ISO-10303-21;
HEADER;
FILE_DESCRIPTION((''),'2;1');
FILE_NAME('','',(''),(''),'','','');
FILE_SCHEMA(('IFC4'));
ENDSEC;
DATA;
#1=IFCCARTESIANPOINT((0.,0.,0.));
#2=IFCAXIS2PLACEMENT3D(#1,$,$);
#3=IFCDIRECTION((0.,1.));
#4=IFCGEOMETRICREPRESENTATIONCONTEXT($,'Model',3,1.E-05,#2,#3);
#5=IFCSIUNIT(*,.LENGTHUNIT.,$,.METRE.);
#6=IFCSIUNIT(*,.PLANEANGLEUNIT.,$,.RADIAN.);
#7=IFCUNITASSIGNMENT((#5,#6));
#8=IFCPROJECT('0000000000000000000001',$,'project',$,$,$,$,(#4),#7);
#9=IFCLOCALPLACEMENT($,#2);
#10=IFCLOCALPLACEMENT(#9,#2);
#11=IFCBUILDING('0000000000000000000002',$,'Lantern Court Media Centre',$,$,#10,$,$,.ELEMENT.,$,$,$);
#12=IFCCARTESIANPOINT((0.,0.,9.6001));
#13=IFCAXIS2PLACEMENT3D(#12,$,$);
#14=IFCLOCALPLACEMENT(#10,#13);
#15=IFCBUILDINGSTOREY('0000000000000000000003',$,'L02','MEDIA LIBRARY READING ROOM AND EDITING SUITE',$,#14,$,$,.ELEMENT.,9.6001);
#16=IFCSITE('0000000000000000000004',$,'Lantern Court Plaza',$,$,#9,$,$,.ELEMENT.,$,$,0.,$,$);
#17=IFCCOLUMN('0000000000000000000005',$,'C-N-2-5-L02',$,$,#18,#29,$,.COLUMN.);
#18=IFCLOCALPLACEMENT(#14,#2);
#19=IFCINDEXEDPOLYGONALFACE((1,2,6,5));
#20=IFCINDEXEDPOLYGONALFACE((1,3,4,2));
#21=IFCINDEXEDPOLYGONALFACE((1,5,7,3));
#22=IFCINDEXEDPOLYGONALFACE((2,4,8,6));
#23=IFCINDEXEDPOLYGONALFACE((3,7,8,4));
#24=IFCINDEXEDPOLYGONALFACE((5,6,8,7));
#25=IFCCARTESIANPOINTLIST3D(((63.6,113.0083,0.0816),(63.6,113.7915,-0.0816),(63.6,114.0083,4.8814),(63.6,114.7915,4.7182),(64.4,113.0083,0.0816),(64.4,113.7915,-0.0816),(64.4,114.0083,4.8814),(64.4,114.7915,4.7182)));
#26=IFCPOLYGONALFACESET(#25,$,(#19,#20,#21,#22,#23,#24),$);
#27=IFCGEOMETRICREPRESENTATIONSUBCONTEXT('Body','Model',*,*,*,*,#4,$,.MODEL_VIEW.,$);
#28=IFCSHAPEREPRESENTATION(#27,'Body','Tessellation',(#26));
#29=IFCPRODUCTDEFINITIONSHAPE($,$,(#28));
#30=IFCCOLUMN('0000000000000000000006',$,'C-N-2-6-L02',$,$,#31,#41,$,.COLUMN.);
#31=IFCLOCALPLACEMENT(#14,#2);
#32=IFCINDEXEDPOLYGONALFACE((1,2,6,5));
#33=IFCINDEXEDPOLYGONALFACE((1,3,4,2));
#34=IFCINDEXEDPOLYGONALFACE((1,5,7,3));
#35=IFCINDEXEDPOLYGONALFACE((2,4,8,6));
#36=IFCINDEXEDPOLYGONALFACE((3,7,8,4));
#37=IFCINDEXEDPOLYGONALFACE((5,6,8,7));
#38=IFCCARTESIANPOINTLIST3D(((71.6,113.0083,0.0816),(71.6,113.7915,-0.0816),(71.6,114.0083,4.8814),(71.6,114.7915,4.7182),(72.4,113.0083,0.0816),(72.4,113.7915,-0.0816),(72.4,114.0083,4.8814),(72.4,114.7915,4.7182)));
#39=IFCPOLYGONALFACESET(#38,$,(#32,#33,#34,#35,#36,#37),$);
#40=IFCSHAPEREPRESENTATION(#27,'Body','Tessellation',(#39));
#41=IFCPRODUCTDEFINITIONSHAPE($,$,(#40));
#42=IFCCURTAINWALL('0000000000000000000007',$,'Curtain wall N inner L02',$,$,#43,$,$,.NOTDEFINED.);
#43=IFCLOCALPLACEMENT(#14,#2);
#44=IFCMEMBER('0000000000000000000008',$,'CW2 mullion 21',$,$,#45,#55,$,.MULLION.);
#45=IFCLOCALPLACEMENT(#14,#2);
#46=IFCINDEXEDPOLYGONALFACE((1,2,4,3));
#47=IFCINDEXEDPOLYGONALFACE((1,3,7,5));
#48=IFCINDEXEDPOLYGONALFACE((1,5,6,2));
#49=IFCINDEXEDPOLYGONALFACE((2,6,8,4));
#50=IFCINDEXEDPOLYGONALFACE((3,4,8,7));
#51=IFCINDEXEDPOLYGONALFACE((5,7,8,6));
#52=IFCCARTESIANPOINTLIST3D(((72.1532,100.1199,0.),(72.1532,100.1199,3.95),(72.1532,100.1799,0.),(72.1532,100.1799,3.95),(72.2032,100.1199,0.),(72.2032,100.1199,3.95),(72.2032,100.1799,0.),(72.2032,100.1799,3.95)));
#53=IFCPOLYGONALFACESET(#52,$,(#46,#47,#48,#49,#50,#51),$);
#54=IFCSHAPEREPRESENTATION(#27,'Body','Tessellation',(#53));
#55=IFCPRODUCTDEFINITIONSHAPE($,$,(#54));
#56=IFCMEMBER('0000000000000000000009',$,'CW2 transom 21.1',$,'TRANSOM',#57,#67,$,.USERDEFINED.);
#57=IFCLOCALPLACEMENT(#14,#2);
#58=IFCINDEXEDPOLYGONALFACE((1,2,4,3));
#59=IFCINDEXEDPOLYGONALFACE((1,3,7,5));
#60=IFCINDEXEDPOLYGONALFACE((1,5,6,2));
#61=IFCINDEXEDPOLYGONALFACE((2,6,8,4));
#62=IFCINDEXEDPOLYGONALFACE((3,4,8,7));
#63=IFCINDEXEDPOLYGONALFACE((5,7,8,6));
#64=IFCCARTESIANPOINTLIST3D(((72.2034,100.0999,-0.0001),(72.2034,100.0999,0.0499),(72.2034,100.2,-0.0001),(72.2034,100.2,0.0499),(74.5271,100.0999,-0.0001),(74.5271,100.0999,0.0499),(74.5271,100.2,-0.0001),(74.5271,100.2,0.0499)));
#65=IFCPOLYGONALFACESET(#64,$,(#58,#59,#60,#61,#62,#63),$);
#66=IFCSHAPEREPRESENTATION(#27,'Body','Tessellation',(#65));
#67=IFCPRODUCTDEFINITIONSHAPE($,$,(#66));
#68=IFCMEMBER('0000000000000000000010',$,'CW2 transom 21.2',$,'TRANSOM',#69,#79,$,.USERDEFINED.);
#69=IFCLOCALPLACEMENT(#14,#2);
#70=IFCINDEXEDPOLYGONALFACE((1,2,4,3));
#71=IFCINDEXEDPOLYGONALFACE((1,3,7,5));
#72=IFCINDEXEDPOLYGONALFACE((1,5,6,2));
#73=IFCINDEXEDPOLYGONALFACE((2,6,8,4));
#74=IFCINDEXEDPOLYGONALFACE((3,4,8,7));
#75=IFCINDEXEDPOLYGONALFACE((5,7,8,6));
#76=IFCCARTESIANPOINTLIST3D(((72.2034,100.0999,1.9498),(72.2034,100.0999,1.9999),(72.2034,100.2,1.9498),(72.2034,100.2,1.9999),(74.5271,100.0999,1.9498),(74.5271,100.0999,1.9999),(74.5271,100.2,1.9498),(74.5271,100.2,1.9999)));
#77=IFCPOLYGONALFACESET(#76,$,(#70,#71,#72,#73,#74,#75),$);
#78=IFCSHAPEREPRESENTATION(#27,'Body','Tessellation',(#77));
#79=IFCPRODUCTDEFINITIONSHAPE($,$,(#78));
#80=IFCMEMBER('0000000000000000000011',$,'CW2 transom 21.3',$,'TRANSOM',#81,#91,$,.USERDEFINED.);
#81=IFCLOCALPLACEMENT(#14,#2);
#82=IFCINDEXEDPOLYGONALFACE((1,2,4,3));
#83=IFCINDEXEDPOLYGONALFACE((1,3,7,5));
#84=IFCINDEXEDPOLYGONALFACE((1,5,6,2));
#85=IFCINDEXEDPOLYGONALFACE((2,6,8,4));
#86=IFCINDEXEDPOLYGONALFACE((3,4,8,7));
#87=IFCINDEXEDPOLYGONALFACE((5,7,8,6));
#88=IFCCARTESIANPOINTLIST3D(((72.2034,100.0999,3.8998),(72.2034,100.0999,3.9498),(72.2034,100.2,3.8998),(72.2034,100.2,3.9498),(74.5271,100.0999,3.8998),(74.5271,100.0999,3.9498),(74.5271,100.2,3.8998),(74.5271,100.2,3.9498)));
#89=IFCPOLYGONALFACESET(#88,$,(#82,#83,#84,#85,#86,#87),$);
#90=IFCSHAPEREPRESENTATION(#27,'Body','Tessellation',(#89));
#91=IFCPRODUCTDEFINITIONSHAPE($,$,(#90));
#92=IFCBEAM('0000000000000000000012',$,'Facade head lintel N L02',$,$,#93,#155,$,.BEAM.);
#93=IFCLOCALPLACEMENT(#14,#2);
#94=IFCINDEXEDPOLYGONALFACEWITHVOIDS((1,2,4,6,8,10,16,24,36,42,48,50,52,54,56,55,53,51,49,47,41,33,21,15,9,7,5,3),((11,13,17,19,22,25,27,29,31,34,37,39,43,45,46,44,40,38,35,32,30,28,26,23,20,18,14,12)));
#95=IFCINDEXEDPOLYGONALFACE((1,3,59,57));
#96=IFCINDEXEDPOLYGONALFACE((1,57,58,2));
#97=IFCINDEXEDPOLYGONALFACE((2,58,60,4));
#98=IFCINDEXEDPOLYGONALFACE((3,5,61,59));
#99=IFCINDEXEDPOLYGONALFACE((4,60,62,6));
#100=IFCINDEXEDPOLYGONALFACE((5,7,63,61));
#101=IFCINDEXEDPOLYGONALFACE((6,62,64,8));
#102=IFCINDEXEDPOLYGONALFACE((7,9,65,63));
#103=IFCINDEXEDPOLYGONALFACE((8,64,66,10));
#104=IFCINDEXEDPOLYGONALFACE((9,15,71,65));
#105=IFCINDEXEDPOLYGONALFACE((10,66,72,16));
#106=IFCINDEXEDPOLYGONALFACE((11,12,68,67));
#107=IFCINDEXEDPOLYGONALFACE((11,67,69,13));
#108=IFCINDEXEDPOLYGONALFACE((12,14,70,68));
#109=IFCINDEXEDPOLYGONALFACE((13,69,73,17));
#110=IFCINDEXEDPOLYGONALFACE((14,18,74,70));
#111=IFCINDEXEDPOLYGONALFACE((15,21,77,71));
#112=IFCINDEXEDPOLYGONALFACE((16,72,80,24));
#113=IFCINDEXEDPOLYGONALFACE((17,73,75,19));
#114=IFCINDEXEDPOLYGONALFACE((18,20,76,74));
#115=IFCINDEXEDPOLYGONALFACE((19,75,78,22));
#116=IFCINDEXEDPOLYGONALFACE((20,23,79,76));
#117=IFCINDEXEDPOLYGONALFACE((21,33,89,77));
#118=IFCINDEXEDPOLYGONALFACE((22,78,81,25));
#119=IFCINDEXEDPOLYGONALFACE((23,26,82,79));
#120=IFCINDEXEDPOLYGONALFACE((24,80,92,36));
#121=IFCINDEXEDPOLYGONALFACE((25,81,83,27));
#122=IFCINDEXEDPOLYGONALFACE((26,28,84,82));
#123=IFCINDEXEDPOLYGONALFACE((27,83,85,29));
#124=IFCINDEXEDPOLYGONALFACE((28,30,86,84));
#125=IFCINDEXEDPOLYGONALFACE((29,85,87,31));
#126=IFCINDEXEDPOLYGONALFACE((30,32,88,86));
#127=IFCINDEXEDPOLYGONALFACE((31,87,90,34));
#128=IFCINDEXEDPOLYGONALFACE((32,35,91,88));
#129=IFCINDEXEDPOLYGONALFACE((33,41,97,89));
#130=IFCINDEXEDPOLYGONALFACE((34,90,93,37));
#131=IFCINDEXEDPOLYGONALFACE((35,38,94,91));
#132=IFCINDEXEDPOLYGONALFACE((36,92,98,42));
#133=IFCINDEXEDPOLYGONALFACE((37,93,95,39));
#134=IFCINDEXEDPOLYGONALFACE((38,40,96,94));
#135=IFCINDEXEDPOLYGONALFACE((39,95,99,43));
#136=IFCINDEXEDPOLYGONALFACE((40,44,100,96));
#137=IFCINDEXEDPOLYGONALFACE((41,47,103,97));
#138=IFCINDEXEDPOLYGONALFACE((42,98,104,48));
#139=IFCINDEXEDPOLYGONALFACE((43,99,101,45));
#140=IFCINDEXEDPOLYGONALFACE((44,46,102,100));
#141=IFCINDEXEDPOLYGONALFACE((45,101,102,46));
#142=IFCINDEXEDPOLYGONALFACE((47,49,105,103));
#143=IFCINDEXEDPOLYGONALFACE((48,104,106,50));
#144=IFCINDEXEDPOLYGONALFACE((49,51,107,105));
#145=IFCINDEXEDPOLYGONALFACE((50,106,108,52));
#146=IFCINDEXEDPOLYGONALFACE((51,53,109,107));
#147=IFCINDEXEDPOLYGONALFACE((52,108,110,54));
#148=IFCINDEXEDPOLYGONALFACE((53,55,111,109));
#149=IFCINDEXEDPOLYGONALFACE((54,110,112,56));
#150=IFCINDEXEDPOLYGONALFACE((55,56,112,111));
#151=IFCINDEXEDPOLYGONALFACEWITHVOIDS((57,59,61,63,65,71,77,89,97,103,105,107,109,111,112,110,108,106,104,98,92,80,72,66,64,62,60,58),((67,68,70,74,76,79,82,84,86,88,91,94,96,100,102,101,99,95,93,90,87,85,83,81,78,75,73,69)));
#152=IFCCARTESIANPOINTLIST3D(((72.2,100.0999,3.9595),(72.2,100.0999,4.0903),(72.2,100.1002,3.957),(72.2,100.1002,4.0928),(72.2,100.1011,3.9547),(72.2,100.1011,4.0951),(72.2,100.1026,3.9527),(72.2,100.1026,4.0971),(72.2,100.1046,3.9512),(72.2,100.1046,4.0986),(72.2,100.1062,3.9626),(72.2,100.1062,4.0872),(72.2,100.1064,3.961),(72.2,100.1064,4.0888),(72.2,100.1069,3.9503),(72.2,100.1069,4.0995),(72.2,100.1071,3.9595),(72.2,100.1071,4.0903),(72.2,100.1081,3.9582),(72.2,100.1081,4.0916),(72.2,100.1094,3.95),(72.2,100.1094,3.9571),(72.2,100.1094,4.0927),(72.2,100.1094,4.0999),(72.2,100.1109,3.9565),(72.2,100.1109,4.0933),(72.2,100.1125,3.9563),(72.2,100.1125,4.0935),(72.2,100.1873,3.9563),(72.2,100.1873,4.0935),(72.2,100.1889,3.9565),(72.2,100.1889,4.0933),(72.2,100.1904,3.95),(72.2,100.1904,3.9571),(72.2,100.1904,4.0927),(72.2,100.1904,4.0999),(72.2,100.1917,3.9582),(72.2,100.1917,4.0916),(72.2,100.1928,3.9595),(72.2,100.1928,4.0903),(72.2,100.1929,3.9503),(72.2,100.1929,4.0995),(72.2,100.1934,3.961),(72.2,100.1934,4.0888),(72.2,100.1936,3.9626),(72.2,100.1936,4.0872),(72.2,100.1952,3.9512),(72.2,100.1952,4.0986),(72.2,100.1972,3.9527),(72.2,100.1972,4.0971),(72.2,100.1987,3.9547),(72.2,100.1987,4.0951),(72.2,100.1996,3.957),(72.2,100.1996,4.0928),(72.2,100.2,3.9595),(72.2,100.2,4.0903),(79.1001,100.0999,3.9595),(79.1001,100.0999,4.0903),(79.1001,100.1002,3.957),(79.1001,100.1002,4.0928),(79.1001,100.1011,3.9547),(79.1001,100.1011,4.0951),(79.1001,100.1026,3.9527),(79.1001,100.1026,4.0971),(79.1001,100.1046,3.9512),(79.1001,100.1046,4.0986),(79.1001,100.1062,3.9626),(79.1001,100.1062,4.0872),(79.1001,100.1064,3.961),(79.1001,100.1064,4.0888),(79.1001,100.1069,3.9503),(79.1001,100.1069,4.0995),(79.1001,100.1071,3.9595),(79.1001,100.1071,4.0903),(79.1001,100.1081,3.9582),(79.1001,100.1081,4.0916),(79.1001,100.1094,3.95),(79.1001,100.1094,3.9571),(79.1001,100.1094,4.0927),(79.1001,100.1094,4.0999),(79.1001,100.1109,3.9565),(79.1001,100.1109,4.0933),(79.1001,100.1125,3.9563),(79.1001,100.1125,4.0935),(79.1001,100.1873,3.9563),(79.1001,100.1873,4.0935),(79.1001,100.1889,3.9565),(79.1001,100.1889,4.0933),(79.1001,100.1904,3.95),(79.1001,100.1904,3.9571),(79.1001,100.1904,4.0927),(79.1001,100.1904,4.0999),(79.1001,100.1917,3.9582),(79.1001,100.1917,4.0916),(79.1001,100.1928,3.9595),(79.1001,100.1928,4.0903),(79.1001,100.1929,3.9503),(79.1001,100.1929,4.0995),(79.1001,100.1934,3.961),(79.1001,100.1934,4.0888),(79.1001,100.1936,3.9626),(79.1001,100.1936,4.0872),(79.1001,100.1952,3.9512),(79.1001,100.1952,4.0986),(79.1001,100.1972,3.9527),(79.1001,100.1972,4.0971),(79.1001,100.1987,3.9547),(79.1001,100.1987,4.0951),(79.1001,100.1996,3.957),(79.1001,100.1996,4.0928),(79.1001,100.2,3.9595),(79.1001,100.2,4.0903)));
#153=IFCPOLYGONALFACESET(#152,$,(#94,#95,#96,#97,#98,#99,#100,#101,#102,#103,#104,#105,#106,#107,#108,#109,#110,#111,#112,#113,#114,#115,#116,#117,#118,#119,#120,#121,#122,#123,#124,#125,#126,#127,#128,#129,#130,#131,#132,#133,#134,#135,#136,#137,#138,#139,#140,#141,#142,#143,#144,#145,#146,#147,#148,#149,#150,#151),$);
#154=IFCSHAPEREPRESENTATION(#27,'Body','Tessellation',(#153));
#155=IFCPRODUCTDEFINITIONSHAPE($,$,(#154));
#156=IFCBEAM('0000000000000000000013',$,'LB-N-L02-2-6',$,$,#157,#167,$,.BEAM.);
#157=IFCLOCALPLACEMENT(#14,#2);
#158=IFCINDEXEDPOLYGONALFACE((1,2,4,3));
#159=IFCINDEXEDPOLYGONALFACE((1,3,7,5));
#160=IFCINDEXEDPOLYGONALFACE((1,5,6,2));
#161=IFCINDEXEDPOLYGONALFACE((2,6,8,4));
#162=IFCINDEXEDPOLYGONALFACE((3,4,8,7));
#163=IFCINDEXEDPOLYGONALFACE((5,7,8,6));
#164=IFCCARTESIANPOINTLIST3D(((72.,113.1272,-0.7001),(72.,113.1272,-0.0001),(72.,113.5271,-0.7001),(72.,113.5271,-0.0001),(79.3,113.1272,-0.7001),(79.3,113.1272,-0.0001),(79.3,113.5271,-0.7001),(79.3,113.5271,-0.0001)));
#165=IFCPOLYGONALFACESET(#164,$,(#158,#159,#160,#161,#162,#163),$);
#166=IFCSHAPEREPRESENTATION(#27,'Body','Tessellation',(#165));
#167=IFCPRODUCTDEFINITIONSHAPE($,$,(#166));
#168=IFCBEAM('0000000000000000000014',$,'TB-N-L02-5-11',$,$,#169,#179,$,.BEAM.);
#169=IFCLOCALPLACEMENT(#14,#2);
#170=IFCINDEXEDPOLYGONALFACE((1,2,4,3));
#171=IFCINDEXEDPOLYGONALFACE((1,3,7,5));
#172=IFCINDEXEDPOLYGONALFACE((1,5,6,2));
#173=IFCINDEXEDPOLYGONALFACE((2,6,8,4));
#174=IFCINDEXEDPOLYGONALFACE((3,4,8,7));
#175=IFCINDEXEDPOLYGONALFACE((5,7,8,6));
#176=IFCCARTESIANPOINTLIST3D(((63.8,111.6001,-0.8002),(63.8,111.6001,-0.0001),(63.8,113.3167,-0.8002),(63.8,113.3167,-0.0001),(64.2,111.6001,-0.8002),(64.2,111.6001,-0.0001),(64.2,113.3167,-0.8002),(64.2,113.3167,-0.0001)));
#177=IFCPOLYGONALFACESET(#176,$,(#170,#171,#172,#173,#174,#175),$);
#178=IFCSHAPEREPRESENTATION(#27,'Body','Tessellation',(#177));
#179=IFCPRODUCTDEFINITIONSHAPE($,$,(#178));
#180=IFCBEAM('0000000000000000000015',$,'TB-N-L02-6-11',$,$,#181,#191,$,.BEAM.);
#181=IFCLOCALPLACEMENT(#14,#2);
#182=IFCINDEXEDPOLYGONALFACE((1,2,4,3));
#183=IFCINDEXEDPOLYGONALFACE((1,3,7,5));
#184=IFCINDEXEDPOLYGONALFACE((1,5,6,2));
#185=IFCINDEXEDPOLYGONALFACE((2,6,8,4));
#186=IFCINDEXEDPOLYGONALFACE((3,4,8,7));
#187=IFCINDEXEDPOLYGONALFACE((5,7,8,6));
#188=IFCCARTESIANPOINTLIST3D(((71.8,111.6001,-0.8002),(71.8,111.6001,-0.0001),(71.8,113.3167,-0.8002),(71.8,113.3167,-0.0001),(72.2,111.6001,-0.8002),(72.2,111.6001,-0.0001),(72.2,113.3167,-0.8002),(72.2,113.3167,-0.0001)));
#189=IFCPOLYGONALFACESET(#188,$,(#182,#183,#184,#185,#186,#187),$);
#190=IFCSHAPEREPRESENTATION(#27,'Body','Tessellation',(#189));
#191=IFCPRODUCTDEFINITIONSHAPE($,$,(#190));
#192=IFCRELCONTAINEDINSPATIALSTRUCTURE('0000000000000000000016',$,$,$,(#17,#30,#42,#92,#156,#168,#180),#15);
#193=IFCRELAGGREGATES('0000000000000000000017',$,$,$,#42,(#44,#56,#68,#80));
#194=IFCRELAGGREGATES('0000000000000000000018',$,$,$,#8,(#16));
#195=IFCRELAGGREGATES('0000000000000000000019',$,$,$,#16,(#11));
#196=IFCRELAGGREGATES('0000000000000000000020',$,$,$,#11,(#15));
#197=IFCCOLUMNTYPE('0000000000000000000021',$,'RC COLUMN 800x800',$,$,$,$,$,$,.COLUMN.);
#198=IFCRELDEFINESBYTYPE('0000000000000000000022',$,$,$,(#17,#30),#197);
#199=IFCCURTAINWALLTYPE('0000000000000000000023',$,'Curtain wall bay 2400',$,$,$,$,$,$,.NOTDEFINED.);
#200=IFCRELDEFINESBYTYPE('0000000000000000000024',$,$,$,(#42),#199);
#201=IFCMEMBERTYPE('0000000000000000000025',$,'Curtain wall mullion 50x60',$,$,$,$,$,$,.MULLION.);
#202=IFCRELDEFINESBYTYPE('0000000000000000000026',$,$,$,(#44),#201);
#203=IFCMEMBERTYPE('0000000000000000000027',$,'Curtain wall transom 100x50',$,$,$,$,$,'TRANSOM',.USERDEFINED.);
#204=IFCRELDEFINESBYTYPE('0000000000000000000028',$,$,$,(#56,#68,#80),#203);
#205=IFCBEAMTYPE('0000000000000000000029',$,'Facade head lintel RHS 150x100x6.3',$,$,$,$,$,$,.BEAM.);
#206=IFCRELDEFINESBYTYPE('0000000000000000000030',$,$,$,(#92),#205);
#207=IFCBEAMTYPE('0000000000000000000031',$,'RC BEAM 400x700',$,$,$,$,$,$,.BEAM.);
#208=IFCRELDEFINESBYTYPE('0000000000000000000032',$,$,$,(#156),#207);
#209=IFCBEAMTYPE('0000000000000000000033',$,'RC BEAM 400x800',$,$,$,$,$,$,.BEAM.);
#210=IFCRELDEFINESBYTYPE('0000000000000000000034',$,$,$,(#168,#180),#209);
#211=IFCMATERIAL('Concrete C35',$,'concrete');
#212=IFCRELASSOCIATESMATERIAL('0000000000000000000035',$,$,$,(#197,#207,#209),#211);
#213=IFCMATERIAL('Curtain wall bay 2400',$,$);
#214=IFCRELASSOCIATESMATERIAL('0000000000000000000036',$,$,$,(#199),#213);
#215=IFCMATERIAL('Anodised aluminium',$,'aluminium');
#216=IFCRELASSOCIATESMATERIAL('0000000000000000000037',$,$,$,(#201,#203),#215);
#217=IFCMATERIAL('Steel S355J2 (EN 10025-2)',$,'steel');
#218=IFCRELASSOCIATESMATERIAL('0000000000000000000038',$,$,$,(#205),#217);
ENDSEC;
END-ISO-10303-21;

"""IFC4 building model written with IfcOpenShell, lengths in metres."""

from ifc_helpers import new_model, si_unit, direction, frame, origin, origin_2d, place, context, subcontext, project, spatial, rectangle, hollow_rectangle, extrude, material, material_profile, profile_set, type_object, element, aggregate, save


model = new_model("IFC4")

# Units and contexts
model_context = context("Model", 3, precision=1e-05, world=origin(), true_north=direction((0.0, 1.0)))
body_context = subcontext(model_context, "Body", "Model", "MODEL_VIEW")
ifc_project = project(units=[si_unit("LENGTHUNIT", "METRE"), si_unit("PLANEANGLEUNIT", "RADIAN")], contexts=[model_context])

# Site, building, storey
site_placement = place(None, origin())
site = spatial("IfcSite", under=ifc_project, at=site_placement, Name="Lantern Court Plaza", CompositionType="ELEMENT", RefElevation=0.0)
building_placement = place(site_placement, origin())
building = spatial("IfcBuilding", under=site, at=building_placement, Name="Lantern Court Media Centre", CompositionType="ELEMENT")
storey_placement = place(building_placement, frame((0.0, 0.0, 9.6001)))
storey = spatial("IfcBuildingStorey", under=building, at=storey_placement, Name="L02", Description="MEDIA LIBRARY READING ROOM AND EDITING SUITE", CompositionType="ELEMENT", Elevation=9.6001)

# Columns
ifc_material_1 = material(Name="Concrete C35", Category="concrete")
ifc_material_profile_1 = material_profile(ifc_material_1, rectangle(XDim=0.8, YDim=0.8, at=origin_2d()), Name="RC 800x800")
ifc_profile_set_1 = profile_set([ifc_material_profile_1], Name="Concrete C35")
column_type = type_object("IfcColumnType", Name="RC COLUMN 800x800", PredefinedType="COLUMN", material=ifc_profile_set_1)
for number, where, z_axis, x_axis, name in (
    (1, (64.0, 113.3999, 0.0), (0.0, 0.203962, 0.978979), (-1.0, 0.0, 0.0), "C-N-2-5-L02"),
    (2, (72.0, 113.3999, 0.0), (0.0, 0.203962, 0.978979), (-1.0, 0.0, 0.0), "C-N-2-6-L02"),
):
    element("IfcColumn", number, at=place(storey_placement, frame(where, z_axis=z_axis, x_axis=x_axis)), inside=storey, type_object=column_type, Name=name, PredefinedType="COLUMN", context=body_context, shape_type="SweptSolid", body=[
        extrude(rectangle(XDim=0.8, YDim=0.8, at=origin_2d()), origin(), (0.0, 0.0, 1.0), 4.9028),
    ])

# Curtain wall, members
ifc_material_2 = material(Name="Curtain wall bay 2400")
curtain_wall_type = type_object("IfcCurtainWallType", Name="Curtain wall bay 2400", PredefinedType="NOTDEFINED", material=ifc_material_2)
curtain_wall_placement = place(storey_placement, origin())
curtain_wall = element("IfcCurtainWall", 3, at=curtain_wall_placement, inside=storey, type_object=curtain_wall_type, Name="Curtain wall N inner L02", PredefinedType="NOTDEFINED")
ifc_material_3 = material(Name="Anodised aluminium", Category="aluminium")
ifc_material_profile_2 = material_profile(ifc_material_3, rectangle(XDim=0.0601, YDim=0.05, at=origin_2d()), Name="AL 50x60")
ifc_profile_set_2 = profile_set([ifc_material_profile_2], Name="Anodised aluminium")
member_type_1 = type_object("IfcMemberType", Name="Curtain wall mullion 50x60", PredefinedType="MULLION", material=ifc_profile_set_2)
member_1_placement = place(storey_placement, frame((72.1782, 100.1499, 0.0), z_axis=(0.0, 0.0, 1.0), x_axis=(0.0, 1.0, 0.0)))
member_1 = element("IfcMember", 4, at=member_1_placement, type_object=member_type_1, Name="CW2 mullion 21", PredefinedType="MULLION", context=body_context, shape_type="SweptSolid", body=[
    extrude(rectangle(XDim=0.0601, YDim=0.05, at=origin_2d()), origin(), (0.0, 0.0, 1.0), 3.95),
])
ifc_material_profile_3 = material_profile(ifc_material_3, rectangle(XDim=0.1001, YDim=0.05, at=origin_2d()), Name="AL 50x100")
ifc_profile_set_3 = profile_set([ifc_material_profile_3], Name="Anodised aluminium")
member_type_2 = type_object("IfcMemberType", Name="Curtain wall transom 100x50", ElementType="TRANSOM", PredefinedType="USERDEFINED", material=ifc_profile_set_3)
member_2_placement = place(storey_placement, frame((72.2034, 100.1499, 0.0249), z_axis=(1.0, 0.0, 0.0), x_axis=(0.0, 1.0, 0.0)))
member_2 = element("IfcMember", 5, at=member_2_placement, type_object=member_type_2, Name="CW2 transom 21.1", ObjectType="TRANSOM", PredefinedType="USERDEFINED", context=body_context, shape_type="SweptSolid", body=[
    extrude(rectangle(XDim=0.1001, YDim=0.05, at=origin_2d()), origin(), (0.0, 0.0, 1.0), 2.3237),
])
member_3_placement = place(storey_placement, frame((72.2034, 100.1499, 1.9749), z_axis=(1.0, 0.0, 0.0), x_axis=(0.0, 1.0, 0.0)))
member_3 = element("IfcMember", 6, at=member_3_placement, type_object=member_type_2, Name="CW2 transom 21.2", ObjectType="TRANSOM", PredefinedType="USERDEFINED", context=body_context, shape_type="SweptSolid", body=[
    extrude(rectangle(XDim=0.1001, YDim=0.05, at=origin_2d()), origin(), (0.0, 0.0, 1.0), 2.3237),
])
member_4_placement = place(storey_placement, frame((72.2034, 100.1499, 3.9248), z_axis=(1.0, 0.0, 0.0), x_axis=(0.0, 1.0, 0.0)))
member_4 = element("IfcMember", 7, at=member_4_placement, type_object=member_type_2, Name="CW2 transom 21.3", ObjectType="TRANSOM", PredefinedType="USERDEFINED", context=body_context, shape_type="SweptSolid", body=[
    extrude(rectangle(XDim=0.1001, YDim=0.05, at=origin_2d()), origin(), (0.0, 0.0, 1.0), 2.3237),
])

# Beams
ifc_material_4 = material(Name="Steel S355J2 (EN 10025-2)", Category="steel")
ifc_material_profile_4 = material_profile(ifc_material_4, hollow_rectangle(XDim=0.1001, YDim=0.1499, WallThickness=0.0063, InnerFilletRadius=0.0063, OuterFilletRadius=0.0095, at=origin_2d()), Name="Facade head lintel RHS 150x100x6.3")
ifc_profile_set_4 = profile_set([ifc_material_profile_4], Name="Steel S355J2 (EN 10025-2)")
beam_type_1 = type_object("IfcBeamType", Name="Facade head lintel RHS 150x100x6.3", PredefinedType="BEAM", material=ifc_profile_set_4)
beam_1_placement = place(storey_placement, frame((72.2, 100.1499, 4.0249), z_axis=(1.0, 0.0, 0.0), x_axis=(0.0, 1.0, 0.0)))
element("IfcBeam", 8, at=beam_1_placement, inside=storey, type_object=beam_type_1, Name="Facade head lintel N L02", PredefinedType="BEAM", context=body_context, shape_type="SweptSolid", body=[
    extrude(hollow_rectangle(XDim=0.1001, YDim=0.1499, WallThickness=0.0063, InnerFilletRadius=0.0063, OuterFilletRadius=0.0095, at=origin_2d()), origin(), (0.0, 0.0, 1.0), 6.9001),
])
ifc_material_profile_5 = material_profile(ifc_material_1, rectangle(XDim=0.3999, YDim=0.7, at=origin_2d()), Name="RC 400x700")
ifc_profile_set_5 = profile_set([ifc_material_profile_5], Name="Concrete C35")
beam_type_2 = type_object("IfcBeamType", Name="RC BEAM 400x700", PredefinedType="BEAM", material=ifc_profile_set_5)
beam_2_placement = place(storey_placement, frame((72.0, 113.3271, -0.3501), z_axis=(1.0, 0.0, 0.0), x_axis=(0.0, 1.0, 0.0)))
element("IfcBeam", 9, at=beam_2_placement, inside=storey, type_object=beam_type_2, Name="LB-N-L02-2-6", PredefinedType="BEAM", context=body_context, shape_type="SweptSolid", body=[
    extrude(rectangle(XDim=0.3999, YDim=0.7, at=origin_2d()), origin(), (0.0, 0.0, 1.0), 7.3),
])
ifc_material_profile_6 = material_profile(ifc_material_1, rectangle(XDim=0.3999, YDim=0.8, at=origin_2d()), Name="RC 400x800")
ifc_profile_set_6 = profile_set([ifc_material_profile_6], Name="Concrete C35")
beam_type_3 = type_object("IfcBeamType", Name="RC BEAM 400x800", PredefinedType="BEAM", material=ifc_profile_set_6)
for number, where, z_axis, x_axis, name in (
    (10, (64.0, 111.6001, -0.4001), (0.0, 1.0, 0.0), (-1.0, 0.0, 0.0), "TB-N-L02-5-11"),
    (11, (72.0, 111.6001, -0.4001), (0.0, 1.0, 0.0), (-1.0, 0.0, 0.0), "TB-N-L02-6-11"),
):
    element("IfcBeam", number, at=place(storey_placement, frame(where, z_axis=z_axis, x_axis=x_axis)), inside=storey, type_object=beam_type_3, Name=name, PredefinedType="BEAM", context=body_context, shape_type="SweptSolid", body=[
        extrude(rectangle(XDim=0.3999, YDim=0.8, at=origin_2d()), origin(), (0.0, 0.0, 1.0), 1.7166),
    ])

aggregate(curtain_wall, [member_1, member_2, member_3, member_4])

save(model, "model.ifc")
